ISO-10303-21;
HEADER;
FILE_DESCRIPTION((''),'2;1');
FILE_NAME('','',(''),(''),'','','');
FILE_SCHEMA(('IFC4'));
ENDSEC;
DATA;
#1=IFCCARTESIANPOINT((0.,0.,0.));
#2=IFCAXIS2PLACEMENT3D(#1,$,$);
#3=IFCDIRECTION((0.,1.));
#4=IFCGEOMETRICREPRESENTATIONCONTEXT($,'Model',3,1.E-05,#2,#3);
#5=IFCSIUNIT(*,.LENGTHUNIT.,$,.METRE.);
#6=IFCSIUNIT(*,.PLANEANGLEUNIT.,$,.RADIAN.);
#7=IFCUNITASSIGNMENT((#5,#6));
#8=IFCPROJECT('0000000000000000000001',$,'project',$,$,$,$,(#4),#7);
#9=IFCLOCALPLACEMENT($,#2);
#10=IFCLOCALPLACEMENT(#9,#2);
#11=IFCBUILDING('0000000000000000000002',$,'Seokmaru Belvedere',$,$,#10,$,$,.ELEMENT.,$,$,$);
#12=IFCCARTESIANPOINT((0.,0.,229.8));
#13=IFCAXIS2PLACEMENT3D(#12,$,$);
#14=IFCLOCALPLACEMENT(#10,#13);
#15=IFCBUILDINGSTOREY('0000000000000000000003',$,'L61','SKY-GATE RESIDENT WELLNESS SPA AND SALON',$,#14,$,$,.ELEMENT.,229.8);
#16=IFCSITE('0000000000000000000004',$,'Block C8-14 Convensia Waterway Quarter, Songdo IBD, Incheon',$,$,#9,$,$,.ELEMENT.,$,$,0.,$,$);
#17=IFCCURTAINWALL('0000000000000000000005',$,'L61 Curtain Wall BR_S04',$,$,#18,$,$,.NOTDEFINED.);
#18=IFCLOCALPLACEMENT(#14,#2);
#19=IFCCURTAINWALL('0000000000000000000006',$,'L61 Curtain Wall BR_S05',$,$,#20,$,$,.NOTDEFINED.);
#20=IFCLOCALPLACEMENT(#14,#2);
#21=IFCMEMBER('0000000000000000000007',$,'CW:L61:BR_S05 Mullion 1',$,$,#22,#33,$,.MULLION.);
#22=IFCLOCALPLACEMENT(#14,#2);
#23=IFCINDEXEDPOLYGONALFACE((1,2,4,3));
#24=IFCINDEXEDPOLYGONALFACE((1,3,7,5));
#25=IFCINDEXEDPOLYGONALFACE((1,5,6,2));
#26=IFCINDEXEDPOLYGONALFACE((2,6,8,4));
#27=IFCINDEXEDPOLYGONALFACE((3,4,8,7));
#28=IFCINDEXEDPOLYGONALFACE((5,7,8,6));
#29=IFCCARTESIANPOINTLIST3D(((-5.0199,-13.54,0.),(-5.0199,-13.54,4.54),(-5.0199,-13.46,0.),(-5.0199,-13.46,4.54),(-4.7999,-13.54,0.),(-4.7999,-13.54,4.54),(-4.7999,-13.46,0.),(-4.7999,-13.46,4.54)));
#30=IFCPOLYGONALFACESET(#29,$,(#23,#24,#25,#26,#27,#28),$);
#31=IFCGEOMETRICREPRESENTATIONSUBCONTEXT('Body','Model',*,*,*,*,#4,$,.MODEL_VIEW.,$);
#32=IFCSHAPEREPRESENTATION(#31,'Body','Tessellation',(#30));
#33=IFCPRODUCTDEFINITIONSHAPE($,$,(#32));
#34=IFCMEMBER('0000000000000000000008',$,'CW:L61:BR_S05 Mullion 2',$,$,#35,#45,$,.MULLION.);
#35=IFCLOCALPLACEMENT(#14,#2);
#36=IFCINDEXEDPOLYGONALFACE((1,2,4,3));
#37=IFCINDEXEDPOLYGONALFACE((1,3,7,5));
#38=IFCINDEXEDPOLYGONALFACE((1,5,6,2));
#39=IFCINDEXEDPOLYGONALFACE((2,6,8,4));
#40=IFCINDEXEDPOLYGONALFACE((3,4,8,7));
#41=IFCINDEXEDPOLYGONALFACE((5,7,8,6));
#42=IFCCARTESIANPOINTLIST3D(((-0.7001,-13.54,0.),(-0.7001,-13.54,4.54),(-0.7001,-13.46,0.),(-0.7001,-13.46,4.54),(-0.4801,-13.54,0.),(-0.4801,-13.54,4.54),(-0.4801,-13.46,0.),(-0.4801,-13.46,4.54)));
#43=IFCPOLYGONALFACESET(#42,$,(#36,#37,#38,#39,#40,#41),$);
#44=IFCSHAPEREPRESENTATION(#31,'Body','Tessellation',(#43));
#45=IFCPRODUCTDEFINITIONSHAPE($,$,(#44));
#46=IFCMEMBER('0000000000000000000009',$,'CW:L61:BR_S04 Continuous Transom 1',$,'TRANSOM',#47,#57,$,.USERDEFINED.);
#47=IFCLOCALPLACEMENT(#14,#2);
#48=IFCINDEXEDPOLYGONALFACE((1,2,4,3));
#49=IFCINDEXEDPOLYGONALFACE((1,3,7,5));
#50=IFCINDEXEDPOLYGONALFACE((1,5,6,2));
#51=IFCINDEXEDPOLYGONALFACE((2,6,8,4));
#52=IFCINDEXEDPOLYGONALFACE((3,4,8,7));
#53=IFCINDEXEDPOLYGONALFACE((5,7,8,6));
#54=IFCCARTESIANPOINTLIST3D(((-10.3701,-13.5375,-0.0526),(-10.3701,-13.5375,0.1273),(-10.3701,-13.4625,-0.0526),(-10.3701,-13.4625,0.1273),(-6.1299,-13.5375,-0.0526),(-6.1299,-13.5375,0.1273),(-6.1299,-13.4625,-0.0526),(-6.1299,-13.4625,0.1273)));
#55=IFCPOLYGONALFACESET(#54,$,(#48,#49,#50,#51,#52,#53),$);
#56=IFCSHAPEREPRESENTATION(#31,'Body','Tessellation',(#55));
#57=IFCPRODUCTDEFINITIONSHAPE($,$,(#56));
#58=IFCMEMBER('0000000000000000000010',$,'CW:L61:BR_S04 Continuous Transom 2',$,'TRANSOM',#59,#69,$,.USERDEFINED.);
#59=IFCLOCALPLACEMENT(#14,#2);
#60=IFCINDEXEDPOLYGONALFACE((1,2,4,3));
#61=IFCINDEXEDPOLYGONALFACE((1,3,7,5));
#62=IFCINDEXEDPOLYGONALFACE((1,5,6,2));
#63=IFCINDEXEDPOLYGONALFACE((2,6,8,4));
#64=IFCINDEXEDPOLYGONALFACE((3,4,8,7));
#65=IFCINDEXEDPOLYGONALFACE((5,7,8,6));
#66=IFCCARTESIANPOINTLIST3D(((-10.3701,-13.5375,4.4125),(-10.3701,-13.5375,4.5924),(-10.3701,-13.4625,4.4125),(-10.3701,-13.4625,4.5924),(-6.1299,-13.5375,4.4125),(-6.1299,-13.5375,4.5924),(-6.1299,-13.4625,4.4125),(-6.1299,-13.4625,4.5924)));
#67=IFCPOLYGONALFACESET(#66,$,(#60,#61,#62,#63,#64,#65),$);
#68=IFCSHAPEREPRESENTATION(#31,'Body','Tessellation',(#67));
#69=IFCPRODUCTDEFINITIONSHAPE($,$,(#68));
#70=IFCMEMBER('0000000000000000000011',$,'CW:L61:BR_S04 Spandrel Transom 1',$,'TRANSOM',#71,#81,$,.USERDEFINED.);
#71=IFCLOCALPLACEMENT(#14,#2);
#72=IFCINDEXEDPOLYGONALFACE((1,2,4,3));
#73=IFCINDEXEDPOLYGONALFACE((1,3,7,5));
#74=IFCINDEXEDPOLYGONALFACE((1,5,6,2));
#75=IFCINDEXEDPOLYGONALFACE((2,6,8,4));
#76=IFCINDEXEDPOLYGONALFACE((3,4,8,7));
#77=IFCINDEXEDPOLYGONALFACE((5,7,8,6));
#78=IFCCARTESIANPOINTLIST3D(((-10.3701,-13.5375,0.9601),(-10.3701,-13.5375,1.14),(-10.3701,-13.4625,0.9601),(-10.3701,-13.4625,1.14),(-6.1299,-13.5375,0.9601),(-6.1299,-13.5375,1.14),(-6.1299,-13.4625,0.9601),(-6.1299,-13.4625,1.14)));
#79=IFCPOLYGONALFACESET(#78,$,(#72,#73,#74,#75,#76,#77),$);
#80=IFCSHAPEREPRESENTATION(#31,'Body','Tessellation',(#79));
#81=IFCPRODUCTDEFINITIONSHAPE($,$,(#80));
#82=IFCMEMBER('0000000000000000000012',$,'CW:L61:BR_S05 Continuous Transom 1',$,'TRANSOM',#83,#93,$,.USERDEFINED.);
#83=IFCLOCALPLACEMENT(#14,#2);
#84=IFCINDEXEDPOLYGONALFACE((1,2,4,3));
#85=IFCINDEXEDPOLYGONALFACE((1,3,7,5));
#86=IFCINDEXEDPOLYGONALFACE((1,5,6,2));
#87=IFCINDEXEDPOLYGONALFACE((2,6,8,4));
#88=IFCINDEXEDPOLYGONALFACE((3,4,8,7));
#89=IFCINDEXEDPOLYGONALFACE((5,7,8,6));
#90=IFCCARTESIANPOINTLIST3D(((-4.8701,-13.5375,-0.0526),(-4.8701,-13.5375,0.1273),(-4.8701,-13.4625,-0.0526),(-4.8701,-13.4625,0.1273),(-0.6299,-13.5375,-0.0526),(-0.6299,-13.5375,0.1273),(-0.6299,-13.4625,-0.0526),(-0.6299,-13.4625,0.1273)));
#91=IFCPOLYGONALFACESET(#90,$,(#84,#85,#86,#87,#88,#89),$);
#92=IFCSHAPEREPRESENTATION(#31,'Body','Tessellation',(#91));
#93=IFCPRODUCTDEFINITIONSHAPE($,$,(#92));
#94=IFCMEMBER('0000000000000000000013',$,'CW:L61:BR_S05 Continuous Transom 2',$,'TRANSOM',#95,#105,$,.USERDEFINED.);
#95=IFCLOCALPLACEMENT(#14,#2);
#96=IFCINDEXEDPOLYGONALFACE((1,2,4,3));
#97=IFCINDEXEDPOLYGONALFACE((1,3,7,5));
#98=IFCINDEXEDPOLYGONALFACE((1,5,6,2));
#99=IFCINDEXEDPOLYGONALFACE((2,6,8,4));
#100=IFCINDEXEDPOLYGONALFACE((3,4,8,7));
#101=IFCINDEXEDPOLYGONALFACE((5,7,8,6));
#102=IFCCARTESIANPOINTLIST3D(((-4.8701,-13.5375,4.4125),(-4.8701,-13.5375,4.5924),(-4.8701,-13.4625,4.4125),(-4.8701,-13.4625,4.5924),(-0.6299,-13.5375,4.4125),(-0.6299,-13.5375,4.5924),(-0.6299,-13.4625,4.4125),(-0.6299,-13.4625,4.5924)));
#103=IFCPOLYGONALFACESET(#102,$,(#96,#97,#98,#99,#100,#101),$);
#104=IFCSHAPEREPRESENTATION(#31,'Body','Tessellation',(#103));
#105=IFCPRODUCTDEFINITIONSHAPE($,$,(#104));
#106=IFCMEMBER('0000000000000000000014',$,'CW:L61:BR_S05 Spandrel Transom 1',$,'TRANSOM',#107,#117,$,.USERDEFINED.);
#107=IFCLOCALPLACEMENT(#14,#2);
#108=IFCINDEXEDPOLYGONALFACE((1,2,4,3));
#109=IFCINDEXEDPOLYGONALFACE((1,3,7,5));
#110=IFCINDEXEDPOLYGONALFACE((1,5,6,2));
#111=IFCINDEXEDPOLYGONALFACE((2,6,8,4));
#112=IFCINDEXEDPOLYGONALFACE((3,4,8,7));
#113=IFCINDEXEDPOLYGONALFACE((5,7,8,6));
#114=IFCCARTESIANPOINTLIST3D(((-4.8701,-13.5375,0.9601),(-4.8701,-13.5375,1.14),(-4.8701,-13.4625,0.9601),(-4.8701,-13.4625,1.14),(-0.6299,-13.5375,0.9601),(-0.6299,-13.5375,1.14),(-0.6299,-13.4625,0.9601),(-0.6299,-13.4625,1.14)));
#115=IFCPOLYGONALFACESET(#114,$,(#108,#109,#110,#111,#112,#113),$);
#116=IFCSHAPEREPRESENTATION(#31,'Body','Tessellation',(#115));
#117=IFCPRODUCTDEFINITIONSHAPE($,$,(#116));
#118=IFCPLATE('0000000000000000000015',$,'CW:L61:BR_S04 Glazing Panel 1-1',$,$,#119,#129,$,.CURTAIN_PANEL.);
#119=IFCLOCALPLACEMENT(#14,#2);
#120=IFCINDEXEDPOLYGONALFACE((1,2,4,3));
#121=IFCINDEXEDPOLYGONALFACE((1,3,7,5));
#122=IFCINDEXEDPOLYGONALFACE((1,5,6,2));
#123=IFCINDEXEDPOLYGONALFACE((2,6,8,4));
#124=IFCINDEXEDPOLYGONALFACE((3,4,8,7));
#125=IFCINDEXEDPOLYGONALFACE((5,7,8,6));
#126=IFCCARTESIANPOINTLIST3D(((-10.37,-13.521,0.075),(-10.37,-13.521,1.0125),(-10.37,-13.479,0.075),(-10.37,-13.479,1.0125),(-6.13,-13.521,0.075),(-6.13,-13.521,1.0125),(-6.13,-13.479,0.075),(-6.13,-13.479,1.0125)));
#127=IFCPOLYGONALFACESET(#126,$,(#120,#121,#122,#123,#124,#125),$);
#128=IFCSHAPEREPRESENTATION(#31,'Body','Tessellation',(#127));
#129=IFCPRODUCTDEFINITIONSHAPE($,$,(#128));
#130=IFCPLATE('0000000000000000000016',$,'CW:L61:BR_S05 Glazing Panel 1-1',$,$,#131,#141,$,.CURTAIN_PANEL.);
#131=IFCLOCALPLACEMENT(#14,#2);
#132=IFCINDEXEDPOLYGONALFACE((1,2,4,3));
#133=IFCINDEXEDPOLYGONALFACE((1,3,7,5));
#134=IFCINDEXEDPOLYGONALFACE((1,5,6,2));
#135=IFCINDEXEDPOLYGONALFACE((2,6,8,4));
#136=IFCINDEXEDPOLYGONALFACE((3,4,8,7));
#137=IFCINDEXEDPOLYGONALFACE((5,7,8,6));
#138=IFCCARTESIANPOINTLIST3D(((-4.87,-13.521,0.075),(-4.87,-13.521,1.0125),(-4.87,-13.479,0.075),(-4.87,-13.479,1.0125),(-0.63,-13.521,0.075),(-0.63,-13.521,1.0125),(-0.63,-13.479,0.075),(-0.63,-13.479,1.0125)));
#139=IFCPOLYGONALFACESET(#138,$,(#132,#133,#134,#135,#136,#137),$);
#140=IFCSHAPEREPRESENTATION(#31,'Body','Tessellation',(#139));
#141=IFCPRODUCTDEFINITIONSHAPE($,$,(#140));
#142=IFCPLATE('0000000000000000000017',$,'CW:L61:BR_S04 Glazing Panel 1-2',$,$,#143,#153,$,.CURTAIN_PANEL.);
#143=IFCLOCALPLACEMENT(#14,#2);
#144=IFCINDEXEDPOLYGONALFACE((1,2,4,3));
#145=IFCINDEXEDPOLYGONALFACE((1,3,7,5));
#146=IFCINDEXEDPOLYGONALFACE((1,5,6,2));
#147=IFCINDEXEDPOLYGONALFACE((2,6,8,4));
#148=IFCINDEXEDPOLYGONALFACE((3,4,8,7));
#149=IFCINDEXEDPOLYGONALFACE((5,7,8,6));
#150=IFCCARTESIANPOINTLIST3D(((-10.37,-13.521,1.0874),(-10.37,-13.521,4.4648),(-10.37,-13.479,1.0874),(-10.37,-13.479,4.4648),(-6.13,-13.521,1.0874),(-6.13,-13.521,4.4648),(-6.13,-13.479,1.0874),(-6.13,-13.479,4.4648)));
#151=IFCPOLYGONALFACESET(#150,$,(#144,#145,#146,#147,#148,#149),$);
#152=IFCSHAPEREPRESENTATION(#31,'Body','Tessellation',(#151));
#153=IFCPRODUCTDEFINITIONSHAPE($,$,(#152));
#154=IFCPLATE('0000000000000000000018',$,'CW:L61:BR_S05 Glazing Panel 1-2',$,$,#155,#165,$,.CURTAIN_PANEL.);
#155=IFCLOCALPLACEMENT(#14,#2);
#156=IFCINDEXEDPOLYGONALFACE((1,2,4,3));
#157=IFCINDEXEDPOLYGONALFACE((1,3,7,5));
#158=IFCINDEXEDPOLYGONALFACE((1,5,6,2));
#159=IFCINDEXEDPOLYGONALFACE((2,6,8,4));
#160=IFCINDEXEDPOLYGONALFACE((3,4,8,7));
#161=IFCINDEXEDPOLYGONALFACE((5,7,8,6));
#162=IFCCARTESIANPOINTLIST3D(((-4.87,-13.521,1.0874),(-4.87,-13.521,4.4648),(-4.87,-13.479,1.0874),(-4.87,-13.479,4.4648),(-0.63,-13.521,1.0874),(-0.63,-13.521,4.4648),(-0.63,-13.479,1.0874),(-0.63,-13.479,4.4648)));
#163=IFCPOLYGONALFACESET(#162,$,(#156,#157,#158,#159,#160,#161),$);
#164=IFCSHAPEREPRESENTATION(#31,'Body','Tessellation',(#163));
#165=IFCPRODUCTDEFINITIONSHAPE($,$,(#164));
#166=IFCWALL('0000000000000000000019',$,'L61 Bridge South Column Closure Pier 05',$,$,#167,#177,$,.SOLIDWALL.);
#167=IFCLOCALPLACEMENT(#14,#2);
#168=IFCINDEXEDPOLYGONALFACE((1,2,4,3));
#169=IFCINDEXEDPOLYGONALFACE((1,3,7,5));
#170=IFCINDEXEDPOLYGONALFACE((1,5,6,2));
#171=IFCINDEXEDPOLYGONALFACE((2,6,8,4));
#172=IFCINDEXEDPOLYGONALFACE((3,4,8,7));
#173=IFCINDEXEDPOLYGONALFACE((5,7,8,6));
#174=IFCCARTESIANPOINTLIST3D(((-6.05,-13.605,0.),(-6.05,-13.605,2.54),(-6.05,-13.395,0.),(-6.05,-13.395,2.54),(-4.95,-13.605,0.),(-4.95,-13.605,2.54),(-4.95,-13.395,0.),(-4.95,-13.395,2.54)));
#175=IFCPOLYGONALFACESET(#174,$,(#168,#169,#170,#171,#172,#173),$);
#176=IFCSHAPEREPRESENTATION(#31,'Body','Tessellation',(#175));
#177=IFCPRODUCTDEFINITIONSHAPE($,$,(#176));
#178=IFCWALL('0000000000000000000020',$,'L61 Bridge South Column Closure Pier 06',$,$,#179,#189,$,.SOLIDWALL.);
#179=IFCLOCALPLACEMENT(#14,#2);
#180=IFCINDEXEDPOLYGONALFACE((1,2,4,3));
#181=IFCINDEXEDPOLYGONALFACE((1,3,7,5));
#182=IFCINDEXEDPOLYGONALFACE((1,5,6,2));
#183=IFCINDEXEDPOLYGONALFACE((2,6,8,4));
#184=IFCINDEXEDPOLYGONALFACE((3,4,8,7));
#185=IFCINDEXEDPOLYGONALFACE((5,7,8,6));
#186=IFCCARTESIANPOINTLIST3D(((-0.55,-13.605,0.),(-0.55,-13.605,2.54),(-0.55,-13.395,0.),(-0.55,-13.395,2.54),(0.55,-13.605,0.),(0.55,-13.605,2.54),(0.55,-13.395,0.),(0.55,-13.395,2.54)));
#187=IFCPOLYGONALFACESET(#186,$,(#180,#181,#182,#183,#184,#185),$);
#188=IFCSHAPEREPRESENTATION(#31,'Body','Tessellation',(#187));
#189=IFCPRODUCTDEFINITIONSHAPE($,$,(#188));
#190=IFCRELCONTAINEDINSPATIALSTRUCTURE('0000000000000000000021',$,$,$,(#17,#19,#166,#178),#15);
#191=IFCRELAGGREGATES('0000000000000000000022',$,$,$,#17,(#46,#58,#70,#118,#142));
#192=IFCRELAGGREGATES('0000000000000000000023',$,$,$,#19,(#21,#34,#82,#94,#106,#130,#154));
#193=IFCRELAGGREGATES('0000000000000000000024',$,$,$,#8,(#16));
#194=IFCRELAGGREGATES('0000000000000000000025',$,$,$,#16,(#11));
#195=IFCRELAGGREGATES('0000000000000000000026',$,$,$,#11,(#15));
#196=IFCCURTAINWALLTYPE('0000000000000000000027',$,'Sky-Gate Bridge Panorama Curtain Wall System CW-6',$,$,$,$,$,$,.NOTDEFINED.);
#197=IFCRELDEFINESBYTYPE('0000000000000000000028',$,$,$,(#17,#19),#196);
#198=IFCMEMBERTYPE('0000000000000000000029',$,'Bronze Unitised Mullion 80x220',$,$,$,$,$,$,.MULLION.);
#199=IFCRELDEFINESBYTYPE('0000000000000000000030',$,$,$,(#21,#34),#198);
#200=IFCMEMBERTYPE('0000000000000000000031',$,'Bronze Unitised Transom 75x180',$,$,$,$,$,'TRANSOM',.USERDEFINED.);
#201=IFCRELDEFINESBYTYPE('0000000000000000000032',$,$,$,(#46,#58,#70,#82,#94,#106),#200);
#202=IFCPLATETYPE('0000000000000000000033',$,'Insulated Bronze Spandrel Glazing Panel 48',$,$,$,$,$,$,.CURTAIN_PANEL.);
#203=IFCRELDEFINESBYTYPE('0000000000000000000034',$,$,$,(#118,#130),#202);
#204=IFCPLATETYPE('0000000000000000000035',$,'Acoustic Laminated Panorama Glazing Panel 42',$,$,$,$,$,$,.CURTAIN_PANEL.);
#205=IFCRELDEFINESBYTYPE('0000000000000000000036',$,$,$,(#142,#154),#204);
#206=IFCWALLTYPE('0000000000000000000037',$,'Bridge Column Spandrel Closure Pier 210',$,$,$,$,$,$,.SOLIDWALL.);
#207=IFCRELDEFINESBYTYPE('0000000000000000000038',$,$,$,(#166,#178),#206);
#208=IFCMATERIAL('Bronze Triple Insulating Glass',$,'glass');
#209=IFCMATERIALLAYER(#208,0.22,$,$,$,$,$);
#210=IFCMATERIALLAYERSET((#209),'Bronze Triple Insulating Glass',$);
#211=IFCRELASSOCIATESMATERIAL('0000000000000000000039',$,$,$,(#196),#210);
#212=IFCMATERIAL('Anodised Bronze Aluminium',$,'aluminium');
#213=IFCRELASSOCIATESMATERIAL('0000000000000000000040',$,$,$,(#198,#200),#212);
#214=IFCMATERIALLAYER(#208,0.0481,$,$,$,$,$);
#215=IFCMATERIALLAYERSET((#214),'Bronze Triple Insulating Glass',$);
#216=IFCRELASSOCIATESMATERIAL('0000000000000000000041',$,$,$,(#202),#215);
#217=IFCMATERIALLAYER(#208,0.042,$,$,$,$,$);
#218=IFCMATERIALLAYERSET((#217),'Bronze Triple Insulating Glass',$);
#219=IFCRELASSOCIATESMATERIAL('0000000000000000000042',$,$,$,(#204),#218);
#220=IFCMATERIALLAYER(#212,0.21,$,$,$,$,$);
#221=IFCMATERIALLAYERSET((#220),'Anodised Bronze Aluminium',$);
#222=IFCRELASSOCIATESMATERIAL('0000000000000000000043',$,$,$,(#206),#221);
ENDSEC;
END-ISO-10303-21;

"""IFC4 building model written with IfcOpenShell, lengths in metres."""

from ifc_helpers import new_model, si_unit, direction, frame, frame_2d, origin, origin_2d, place, context, subcontext, project, spatial, rectangle, extrude, source, transform, mapped, material, layer, layer_set, material_profile, profile_set, type_object, type_shapes, element, aggregate, save


model = new_model("IFC4")

# Units and contexts
model_context = context("Model", 3, precision=1e-05, world=origin(), true_north=direction((0.0, 1.0)))
body_context = subcontext(model_context, "Body", "Model", "MODEL_VIEW")
ifc_project = project(units=[si_unit("LENGTHUNIT", "METRE"), si_unit("PLANEANGLEUNIT", "RADIAN")], contexts=[model_context])

# Site, building, storey
site_placement = place(None, origin())
site = spatial("IfcSite", under=ifc_project, at=site_placement, Name="Block C8-14 Convensia Waterway Quarter, Songdo IBD, Incheon", CompositionType="ELEMENT", RefElevation=0.0)
building_placement = place(site_placement, origin())
building = spatial("IfcBuilding", under=site, at=building_placement, Name="Seokmaru Belvedere", CompositionType="ELEMENT")
storey_placement = place(building_placement, frame((0.0, 0.0, 229.8)))
storey = spatial("IfcBuildingStorey", under=building, at=storey_placement, Name="L61", Description="SKY-GATE RESIDENT WELLNESS SPA AND SALON", CompositionType="ELEMENT", Elevation=229.8)

# Curtain walls, members
ifc_material_1 = material(Name="Bronze Triple Insulating Glass", Category="glass")
ifc_layer_1 = layer(ifc_material_1, 0.22)
ifc_layer_set_1 = layer_set([ifc_layer_1], Name="Bronze Triple Insulating Glass")
curtain_wall_type = type_object("IfcCurtainWallType", Name="Sky-Gate Bridge Panorama Curtain Wall System CW-6", PredefinedType="NOTDEFINED", material=ifc_layer_set_1)
curtain_wall_1_placement = place(storey_placement, origin())
curtain_wall_1 = element("IfcCurtainWall", 1, at=curtain_wall_1_placement, inside=storey, type_object=curtain_wall_type, Name="L61 Curtain Wall BR_S04", PredefinedType="NOTDEFINED")
ifc_material_2 = material(Name="Anodised Bronze Aluminium", Category="aluminium")
ifc_material_profile_1 = material_profile(ifc_material_2, rectangle(XDim=0.0801, YDim=0.22, at=origin_2d()), Name="CW-M-80x220")
ifc_profile_set_1 = profile_set([ifc_material_profile_1], Name="Anodised Bronze Aluminium")
member_type_1 = type_object("IfcMemberType", Name="Bronze Unitised Mullion 80x220", PredefinedType="MULLION", material=ifc_profile_set_1)
shared_shape_1 = source(origin(), body_context, "Body", "SweptSolid", [
    extrude(rectangle(XDim=0.0801, YDim=0.22, at=origin_2d()), origin(), (0.0, 0.0, 1.0), 4.54),
])
type_shapes(member_type_1, [shared_shape_1])
curtain_wall_2_placement = place(storey_placement, origin())
curtain_wall_2 = element("IfcCurtainWall", 2, at=curtain_wall_2_placement, inside=storey, type_object=curtain_wall_type, Name="L61 Curtain Wall BR_S05", PredefinedType="NOTDEFINED")
member_1_placement = place(storey_placement, frame((-4.9099, -13.5, 0.0), z_axis=(0.0, 0.0, 1.0), x_axis=(0.0, 1.0, 0.0)))
member_1 = element("IfcMember", 3, at=member_1_placement, type_object=member_type_1, Name="CW:L61:BR_S05 Mullion 1", PredefinedType="MULLION", context=body_context, shape_type="MappedRepresentation", body=[
    mapped(shared_shape_1, transform((0.0, 0.0, 0.0), scale=1.0)),
])
member_2_placement = place(storey_placement, frame((-0.5901, -13.5, 0.0), z_axis=(0.0, 0.0, 1.0), x_axis=(0.0, 1.0, 0.0)))
member_2 = element("IfcMember", 4, at=member_2_placement, type_object=member_type_1, Name="CW:L61:BR_S05 Mullion 2", PredefinedType="MULLION", context=body_context, shape_type="MappedRepresentation", body=[
    mapped(shared_shape_1, transform((0.0, 0.0, 0.0), scale=1.0)),
])

# Members
ifc_material_profile_2 = material_profile(ifc_material_2, rectangle(XDim=0.075, YDim=0.1799, at=origin_2d()), Name="CW-T-75x180")
ifc_profile_set_2 = profile_set([ifc_material_profile_2], Name="Anodised Bronze Aluminium")
member_type_2 = type_object("IfcMemberType", Name="Bronze Unitised Transom 75x180", ElementType="TRANSOM", PredefinedType="USERDEFINED", material=ifc_profile_set_2)
shared_shape_2 = source(origin(), body_context, "Body", "SweptSolid", [
    extrude(rectangle(XDim=0.075, YDim=0.1799, at=origin_2d()), origin(), (0.0, 0.0, 1.0), 4.2402),
])
type_shapes(member_type_2, [shared_shape_2])
member_3_placement = place(storey_placement, frame((-10.3701, -13.5, 0.0374), z_axis=(1.0, 0.0, 0.0), x_axis=(0.0, 1.0, 0.0)))
member_3 = element("IfcMember", 5, at=member_3_placement, type_object=member_type_2, Name="CW:L61:BR_S04 Continuous Transom 1", ObjectType="TRANSOM", PredefinedType="USERDEFINED", context=body_context, shape_type="MappedRepresentation", body=[
    mapped(shared_shape_2, transform((0.0, 0.0, 0.0), scale=1.0)),
])
member_4_placement = place(storey_placement, frame((-10.3701, -13.5, 4.5024), z_axis=(1.0, 0.0, 0.0), x_axis=(0.0, 1.0, 0.0)))
member_4 = element("IfcMember", 6, at=member_4_placement, type_object=member_type_2, Name="CW:L61:BR_S04 Continuous Transom 2", ObjectType="TRANSOM", PredefinedType="USERDEFINED", context=body_context, shape_type="MappedRepresentation", body=[
    mapped(shared_shape_2, transform((0.0, 0.0, 0.0), scale=1.0)),
])
member_5_placement = place(storey_placement, frame((-10.3701, -13.5, 1.05), z_axis=(1.0, 0.0, 0.0), x_axis=(0.0, 1.0, 0.0)))
member_5 = element("IfcMember", 7, at=member_5_placement, type_object=member_type_2, Name="CW:L61:BR_S04 Spandrel Transom 1", ObjectType="TRANSOM", PredefinedType="USERDEFINED", context=body_context, shape_type="MappedRepresentation", body=[
    mapped(shared_shape_2, transform((0.0, 0.0, 0.0), scale=1.0)),
])
member_6_placement = place(storey_placement, frame((-4.8701, -13.5, 0.0374), z_axis=(1.0, 0.0, 0.0), x_axis=(0.0, 1.0, 0.0)))
member_6 = element("IfcMember", 8, at=member_6_placement, type_object=member_type_2, Name="CW:L61:BR_S05 Continuous Transom 1", ObjectType="TRANSOM", PredefinedType="USERDEFINED", context=body_context, shape_type="MappedRepresentation", body=[
    mapped(shared_shape_2, transform((0.0, 0.0, 0.0), scale=1.0)),
])
member_7_placement = place(storey_placement, frame((-4.8701, -13.5, 4.5024), z_axis=(1.0, 0.0, 0.0), x_axis=(0.0, 1.0, 0.0)))
member_7 = element("IfcMember", 9, at=member_7_placement, type_object=member_type_2, Name="CW:L61:BR_S05 Continuous Transom 2", ObjectType="TRANSOM", PredefinedType="USERDEFINED", context=body_context, shape_type="MappedRepresentation", body=[
    mapped(shared_shape_2, transform((0.0, 0.0, 0.0), scale=1.0)),
])
member_8_placement = place(storey_placement, frame((-4.8701, -13.5, 1.05), z_axis=(1.0, 0.0, 0.0), x_axis=(0.0, 1.0, 0.0)))
member_8 = element("IfcMember", 10, at=member_8_placement, type_object=member_type_2, Name="CW:L61:BR_S05 Spandrel Transom 1", ObjectType="TRANSOM", PredefinedType="USERDEFINED", context=body_context, shape_type="MappedRepresentation", body=[
    mapped(shared_shape_2, transform((0.0, 0.0, 0.0), scale=1.0)),
])

# Plates
ifc_layer_2 = layer(ifc_material_1, 0.0481)
ifc_layer_set_2 = layer_set([ifc_layer_2], Name="Bronze Triple Insulating Glass")
plate_type_1 = type_object("IfcPlateType", Name="Insulated Bronze Spandrel Glazing Panel 48", PredefinedType="CURTAIN_PANEL", material=ifc_layer_set_2)
shared_shape_3 = source(origin(), body_context, "Body", "SweptSolid", [
    extrude(rectangle(XDim=4.24, YDim=0.042, at=origin_2d()), origin(), (0.0, 0.0, 1.0), 0.9375),
])
type_shapes(plate_type_1, [shared_shape_3])
plate_1_placement = place(storey_placement, frame((-8.25, -13.5, 0.075), z_axis=(0.0, 0.0, 1.0), x_axis=(1.0, 0.0, 0.0)))
plate_1 = element("IfcPlate", 11, at=plate_1_placement, type_object=plate_type_1, Name="CW:L61:BR_S04 Glazing Panel 1-1", PredefinedType="CURTAIN_PANEL", context=body_context, shape_type="MappedRepresentation", body=[
    mapped(shared_shape_3, transform((0.0, 0.0, 0.0), scale=1.0)),
])
plate_2_placement = place(storey_placement, frame((-2.75, -13.5, 0.075), z_axis=(0.0, 0.0, 1.0), x_axis=(1.0, 0.0, 0.0)))
plate_2 = element("IfcPlate", 12, at=plate_2_placement, type_object=plate_type_1, Name="CW:L61:BR_S05 Glazing Panel 1-1", PredefinedType="CURTAIN_PANEL", context=body_context, shape_type="MappedRepresentation", body=[
    mapped(shared_shape_3, transform((0.0, 0.0, 0.0), scale=1.0)),
])
ifc_layer_3 = layer(ifc_material_1, 0.042)
ifc_layer_set_3 = layer_set([ifc_layer_3], Name="Bronze Triple Insulating Glass")
plate_type_2 = type_object("IfcPlateType", Name="Acoustic Laminated Panorama Glazing Panel 42", PredefinedType="CURTAIN_PANEL", material=ifc_layer_set_3)
shared_shape_4 = source(origin(), body_context, "Body", "SweptSolid", [
    extrude(rectangle(XDim=4.24, YDim=0.042, at=origin_2d()), origin(), (0.0, 0.0, 1.0), 3.3774),
])
type_shapes(plate_type_2, [shared_shape_4])
plate_3_placement = place(storey_placement, frame((-8.25, -13.5, 1.0874), z_axis=(0.0, 0.0, 1.0), x_axis=(1.0, 0.0, 0.0)))
plate_3 = element("IfcPlate", 13, at=plate_3_placement, type_object=plate_type_2, Name="CW:L61:BR_S04 Glazing Panel 1-2", PredefinedType="CURTAIN_PANEL", context=body_context, shape_type="MappedRepresentation", body=[
    mapped(shared_shape_4, transform((0.0, 0.0, 0.0), scale=1.0)),
])
aggregate(curtain_wall_1, [member_3, member_4, member_5, plate_1, plate_3])
plate_4_placement = place(storey_placement, frame((-2.75, -13.5, 1.0874), z_axis=(0.0, 0.0, 1.0), x_axis=(1.0, 0.0, 0.0)))
plate_4 = element("IfcPlate", 14, at=plate_4_placement, type_object=plate_type_2, Name="CW:L61:BR_S05 Glazing Panel 1-2", PredefinedType="CURTAIN_PANEL", context=body_context, shape_type="MappedRepresentation", body=[
    mapped(shared_shape_4, transform((0.0, 0.0, 0.0), scale=1.0)),
])
aggregate(curtain_wall_2, [member_1, member_2, member_6, member_7, member_8, plate_2, plate_4])

# Walls
ifc_layer_4 = layer(ifc_material_2, 0.21)
ifc_layer_set_4 = layer_set([ifc_layer_4], Name="Anodised Bronze Aluminium")
wall_type_1 = type_object("IfcWallType", Name="Bridge Column Spandrel Closure Pier 210", PredefinedType="SOLIDWALL", material=ifc_layer_set_4)
for number, where, z_axis, x_axis, name in (
    (15, (-6.05, -13.5, 0.0), (0.0, 0.0, 1.0), (1.0, 0.0, 0.0), "L61 Bridge South Column Closure Pier 05"),
    (16, (-0.55, -13.5, 0.0), (0.0, 0.0, 1.0), (1.0, 0.0, 0.0), "L61 Bridge South Column Closure Pier 06"),
):
    element("IfcWall", number, at=place(storey_placement, frame(where, z_axis=z_axis, x_axis=x_axis)), inside=storey, type_object=wall_type_1, Name=name, PredefinedType="SOLIDWALL", context=body_context, shape_type="SweptSolid", body=[
        extrude(rectangle(XDim=1.1001, YDim=0.21, at=frame_2d((0.55, 0.0))), origin(), (0.0, 0.0, 1.0), 2.54),
    ])

save(model, "model.ifc")
